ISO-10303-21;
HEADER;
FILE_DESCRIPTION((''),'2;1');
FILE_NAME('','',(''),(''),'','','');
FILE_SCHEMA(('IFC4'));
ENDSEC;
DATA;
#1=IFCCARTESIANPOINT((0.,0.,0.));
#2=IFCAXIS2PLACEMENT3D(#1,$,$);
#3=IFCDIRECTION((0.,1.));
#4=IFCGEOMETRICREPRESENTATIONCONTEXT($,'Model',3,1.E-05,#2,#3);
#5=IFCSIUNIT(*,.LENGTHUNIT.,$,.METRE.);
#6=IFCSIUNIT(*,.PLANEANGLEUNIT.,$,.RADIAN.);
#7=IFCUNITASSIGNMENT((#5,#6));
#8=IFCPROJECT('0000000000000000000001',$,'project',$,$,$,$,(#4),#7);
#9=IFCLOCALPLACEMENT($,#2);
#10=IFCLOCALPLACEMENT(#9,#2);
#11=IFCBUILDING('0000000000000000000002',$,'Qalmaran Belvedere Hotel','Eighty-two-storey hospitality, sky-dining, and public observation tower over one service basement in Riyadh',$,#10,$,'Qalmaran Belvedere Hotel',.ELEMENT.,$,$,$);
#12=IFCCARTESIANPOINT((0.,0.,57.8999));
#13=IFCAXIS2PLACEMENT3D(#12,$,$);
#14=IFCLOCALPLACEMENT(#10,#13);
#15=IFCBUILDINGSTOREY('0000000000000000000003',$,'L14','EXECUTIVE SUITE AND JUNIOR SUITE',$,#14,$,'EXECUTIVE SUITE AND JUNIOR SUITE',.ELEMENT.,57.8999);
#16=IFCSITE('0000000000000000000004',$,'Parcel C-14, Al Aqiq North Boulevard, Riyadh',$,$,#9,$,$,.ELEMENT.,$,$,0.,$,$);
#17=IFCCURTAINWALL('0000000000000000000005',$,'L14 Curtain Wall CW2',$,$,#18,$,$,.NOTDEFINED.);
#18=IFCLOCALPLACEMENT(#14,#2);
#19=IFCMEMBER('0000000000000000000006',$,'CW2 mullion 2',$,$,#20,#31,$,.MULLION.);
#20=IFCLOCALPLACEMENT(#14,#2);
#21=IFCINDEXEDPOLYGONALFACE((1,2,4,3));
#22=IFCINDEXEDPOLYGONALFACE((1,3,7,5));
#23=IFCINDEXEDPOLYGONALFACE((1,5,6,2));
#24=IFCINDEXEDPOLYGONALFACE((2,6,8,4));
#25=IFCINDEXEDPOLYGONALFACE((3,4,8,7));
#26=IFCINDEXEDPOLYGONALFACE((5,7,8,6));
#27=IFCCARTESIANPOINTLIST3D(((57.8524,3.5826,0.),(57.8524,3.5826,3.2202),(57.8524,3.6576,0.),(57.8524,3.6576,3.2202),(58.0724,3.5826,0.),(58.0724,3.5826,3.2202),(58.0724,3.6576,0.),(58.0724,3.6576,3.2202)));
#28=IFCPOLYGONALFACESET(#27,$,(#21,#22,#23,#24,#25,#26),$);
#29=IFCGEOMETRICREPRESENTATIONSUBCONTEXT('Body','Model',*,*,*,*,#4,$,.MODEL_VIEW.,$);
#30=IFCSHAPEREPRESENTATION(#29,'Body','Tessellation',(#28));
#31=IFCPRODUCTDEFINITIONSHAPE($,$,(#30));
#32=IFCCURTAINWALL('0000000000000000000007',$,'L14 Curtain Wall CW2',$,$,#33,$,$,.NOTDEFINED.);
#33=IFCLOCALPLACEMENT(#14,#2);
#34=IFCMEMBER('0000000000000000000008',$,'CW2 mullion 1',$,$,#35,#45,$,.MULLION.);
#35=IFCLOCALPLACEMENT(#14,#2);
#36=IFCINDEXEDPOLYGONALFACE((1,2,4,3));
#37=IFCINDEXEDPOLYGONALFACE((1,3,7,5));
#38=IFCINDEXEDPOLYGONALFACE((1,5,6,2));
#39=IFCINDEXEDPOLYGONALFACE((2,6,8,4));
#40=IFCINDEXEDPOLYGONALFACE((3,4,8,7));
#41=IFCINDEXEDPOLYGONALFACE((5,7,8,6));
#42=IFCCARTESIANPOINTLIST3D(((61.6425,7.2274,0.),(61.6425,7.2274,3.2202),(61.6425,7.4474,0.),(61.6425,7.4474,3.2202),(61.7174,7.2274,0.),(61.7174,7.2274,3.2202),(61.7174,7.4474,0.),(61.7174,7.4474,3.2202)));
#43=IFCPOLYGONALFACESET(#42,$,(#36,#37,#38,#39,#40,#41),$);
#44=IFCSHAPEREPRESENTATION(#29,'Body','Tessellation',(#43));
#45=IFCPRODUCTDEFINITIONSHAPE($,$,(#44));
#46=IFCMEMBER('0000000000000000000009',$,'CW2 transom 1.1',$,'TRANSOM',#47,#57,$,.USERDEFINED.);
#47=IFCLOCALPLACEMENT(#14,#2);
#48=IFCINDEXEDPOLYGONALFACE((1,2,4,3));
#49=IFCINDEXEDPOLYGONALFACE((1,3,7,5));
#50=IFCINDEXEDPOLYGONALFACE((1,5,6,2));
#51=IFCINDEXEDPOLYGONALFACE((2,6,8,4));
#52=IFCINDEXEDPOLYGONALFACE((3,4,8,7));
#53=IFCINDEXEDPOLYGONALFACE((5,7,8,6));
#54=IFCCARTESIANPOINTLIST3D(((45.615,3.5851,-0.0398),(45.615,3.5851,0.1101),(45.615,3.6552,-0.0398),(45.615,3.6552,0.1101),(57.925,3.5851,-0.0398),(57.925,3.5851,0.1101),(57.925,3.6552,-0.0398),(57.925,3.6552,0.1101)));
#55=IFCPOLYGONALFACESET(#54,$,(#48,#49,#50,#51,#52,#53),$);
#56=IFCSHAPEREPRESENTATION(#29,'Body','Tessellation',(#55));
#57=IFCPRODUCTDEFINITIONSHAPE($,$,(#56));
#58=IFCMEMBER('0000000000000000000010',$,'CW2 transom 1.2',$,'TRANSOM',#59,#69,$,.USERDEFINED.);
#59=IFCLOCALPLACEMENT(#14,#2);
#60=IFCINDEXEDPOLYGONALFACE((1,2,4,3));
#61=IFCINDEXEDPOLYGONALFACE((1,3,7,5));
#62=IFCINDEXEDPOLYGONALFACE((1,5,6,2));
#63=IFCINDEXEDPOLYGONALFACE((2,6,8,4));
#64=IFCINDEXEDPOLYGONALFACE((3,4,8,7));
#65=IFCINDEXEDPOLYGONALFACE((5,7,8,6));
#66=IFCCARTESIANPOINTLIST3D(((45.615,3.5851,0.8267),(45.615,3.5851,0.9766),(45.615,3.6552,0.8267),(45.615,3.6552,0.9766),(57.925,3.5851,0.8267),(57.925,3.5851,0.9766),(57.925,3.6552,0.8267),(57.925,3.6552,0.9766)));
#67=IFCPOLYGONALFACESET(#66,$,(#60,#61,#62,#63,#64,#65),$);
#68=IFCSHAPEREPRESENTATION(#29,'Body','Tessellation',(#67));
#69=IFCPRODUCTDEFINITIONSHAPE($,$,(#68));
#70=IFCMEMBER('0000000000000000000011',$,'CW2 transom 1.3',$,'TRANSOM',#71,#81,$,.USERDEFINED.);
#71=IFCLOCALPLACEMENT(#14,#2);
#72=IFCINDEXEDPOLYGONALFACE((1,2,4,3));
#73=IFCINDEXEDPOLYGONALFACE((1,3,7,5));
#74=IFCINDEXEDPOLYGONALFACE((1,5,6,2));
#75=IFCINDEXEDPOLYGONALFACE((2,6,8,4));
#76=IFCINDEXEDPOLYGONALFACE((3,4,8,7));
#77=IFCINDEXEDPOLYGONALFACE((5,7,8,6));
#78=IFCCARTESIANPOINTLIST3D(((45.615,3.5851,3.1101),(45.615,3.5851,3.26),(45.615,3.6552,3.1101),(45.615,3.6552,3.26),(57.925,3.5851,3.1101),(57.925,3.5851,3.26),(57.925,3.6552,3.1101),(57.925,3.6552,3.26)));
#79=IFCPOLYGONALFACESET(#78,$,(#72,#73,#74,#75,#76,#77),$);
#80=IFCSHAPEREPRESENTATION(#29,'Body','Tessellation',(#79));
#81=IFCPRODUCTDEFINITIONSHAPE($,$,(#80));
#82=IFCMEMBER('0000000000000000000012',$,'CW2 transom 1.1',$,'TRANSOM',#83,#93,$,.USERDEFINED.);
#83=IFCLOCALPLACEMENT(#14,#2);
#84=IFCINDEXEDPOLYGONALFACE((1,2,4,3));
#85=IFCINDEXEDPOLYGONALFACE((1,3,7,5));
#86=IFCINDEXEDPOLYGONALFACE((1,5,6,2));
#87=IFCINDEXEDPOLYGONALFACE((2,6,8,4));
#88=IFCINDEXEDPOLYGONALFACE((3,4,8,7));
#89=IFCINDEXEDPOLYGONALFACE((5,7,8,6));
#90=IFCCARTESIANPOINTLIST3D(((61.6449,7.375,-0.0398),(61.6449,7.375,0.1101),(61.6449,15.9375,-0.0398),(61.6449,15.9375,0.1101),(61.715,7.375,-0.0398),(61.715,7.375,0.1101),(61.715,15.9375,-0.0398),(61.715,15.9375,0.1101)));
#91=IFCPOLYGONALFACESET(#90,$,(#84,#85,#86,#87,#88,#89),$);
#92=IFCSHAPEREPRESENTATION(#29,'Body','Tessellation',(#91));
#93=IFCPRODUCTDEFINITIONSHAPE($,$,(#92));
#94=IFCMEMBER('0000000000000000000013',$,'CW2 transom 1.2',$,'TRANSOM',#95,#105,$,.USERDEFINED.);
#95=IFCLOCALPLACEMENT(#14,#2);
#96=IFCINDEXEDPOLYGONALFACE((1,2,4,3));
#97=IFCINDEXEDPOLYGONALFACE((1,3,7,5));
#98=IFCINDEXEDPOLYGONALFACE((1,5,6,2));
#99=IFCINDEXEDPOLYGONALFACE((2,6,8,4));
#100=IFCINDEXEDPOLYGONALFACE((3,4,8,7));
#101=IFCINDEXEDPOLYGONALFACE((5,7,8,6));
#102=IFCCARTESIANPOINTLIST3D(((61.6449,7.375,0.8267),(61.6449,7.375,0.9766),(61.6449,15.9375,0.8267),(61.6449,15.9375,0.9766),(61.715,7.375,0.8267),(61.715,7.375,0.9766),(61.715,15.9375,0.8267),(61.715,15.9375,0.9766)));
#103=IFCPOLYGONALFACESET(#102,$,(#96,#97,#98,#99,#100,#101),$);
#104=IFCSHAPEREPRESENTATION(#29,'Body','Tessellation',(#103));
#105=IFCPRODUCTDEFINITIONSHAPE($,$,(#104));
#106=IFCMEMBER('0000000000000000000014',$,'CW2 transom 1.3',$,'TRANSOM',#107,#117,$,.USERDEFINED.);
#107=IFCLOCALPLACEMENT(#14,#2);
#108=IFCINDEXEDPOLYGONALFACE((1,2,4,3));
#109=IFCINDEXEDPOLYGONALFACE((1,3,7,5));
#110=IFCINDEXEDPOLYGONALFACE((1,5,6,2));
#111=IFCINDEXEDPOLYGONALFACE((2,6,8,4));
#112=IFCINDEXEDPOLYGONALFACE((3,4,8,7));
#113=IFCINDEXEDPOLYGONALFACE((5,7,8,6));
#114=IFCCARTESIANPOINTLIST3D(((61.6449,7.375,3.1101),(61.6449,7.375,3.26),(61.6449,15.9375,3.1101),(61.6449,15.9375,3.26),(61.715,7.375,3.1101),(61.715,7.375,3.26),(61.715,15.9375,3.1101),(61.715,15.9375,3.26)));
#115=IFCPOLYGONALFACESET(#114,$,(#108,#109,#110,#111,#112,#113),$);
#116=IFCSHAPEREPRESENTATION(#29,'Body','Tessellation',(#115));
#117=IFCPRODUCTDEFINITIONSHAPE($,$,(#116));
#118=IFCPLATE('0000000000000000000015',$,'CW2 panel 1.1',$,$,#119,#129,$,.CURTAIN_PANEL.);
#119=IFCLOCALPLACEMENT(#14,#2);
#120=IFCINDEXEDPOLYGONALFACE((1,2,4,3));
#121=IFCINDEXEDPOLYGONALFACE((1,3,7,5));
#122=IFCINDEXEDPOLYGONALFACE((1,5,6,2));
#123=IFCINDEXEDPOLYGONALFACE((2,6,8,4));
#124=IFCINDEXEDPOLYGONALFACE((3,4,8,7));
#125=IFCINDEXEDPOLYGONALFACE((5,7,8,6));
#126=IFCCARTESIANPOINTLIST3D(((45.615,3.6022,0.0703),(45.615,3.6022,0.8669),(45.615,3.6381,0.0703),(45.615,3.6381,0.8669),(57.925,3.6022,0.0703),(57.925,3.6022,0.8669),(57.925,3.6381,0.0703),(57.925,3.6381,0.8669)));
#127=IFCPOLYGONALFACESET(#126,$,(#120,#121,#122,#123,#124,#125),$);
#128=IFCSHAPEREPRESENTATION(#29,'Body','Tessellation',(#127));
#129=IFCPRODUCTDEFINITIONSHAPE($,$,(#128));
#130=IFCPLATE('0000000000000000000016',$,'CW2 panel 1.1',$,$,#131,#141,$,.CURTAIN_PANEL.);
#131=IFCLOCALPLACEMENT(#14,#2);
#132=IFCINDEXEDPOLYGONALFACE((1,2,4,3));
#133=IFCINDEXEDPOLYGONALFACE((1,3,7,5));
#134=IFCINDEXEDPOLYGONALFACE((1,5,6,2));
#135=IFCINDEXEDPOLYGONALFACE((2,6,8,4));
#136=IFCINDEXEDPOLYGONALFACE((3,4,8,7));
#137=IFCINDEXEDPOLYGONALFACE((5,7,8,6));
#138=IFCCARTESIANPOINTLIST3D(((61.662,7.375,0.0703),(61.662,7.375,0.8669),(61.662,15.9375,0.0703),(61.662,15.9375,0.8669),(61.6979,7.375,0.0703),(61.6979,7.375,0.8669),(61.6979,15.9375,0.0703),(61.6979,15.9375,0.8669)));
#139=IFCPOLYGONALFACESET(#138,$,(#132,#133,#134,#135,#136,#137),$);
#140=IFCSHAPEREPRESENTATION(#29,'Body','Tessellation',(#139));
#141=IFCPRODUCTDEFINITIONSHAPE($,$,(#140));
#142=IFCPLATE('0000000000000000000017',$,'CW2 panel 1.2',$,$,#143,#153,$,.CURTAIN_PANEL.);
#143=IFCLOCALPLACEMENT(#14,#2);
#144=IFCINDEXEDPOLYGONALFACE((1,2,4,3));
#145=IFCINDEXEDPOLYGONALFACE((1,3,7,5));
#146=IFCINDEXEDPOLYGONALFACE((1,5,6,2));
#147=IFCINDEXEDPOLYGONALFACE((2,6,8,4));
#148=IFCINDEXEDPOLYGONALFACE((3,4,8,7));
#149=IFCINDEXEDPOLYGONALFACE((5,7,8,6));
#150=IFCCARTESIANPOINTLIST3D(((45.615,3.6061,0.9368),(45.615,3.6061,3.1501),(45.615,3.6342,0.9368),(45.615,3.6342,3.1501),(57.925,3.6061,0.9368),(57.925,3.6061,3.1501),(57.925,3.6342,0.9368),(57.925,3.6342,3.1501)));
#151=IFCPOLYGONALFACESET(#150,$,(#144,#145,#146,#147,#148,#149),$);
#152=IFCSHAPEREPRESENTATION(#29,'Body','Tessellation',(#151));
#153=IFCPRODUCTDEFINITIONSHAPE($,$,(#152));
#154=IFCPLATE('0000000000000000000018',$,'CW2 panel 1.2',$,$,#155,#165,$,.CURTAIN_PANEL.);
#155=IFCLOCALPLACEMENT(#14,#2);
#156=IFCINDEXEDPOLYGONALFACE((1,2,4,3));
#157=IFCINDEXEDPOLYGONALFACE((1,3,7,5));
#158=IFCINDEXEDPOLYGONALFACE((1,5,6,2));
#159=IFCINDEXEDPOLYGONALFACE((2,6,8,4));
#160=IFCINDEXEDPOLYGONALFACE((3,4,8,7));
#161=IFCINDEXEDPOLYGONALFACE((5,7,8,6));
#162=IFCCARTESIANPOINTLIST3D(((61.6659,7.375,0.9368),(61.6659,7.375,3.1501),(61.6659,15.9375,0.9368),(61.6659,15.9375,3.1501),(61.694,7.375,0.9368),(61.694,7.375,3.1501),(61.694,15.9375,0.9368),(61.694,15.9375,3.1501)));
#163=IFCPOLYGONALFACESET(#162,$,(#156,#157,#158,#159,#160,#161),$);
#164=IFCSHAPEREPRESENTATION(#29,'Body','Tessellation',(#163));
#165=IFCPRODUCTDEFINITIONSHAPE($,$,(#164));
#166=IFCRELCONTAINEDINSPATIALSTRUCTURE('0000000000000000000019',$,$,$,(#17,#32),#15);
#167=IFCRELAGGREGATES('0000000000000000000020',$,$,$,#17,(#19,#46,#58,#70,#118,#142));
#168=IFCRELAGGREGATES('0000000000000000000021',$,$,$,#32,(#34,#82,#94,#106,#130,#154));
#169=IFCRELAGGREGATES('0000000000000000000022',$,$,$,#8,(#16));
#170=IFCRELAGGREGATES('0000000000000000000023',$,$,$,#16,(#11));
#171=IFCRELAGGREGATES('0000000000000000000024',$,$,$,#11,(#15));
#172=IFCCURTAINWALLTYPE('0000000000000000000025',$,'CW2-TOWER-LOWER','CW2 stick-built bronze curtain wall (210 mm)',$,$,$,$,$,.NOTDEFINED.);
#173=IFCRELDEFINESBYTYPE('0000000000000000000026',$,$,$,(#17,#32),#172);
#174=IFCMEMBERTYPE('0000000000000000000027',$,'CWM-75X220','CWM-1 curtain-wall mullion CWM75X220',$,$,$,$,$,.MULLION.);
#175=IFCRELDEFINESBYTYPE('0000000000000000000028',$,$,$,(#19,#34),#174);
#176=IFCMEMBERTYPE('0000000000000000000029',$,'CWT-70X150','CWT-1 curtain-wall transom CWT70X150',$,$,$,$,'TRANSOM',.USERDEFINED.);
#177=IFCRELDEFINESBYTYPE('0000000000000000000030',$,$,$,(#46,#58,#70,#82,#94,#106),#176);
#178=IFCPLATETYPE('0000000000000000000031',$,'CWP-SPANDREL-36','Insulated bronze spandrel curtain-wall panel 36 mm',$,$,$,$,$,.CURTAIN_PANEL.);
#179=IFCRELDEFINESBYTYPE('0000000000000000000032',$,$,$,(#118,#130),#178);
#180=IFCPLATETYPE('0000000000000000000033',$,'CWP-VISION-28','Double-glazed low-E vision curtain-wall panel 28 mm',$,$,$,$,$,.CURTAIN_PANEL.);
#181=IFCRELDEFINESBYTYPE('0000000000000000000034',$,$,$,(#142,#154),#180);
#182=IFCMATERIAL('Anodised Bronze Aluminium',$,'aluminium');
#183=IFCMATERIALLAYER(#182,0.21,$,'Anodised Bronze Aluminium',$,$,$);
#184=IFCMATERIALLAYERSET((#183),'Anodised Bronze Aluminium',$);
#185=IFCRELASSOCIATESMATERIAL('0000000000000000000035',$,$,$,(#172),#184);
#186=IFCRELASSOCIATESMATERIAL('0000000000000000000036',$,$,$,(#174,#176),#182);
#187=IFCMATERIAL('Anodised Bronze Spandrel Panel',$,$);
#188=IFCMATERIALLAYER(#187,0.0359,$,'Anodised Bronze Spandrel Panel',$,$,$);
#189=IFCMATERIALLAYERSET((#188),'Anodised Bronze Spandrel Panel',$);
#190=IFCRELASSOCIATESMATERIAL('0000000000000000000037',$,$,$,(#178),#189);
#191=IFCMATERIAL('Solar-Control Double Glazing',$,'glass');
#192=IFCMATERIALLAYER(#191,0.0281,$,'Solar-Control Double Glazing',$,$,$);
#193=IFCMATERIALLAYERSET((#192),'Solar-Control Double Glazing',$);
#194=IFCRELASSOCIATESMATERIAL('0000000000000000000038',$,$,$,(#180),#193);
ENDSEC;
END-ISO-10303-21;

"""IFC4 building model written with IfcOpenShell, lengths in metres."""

from ifc_helpers import new_model, si_unit, direction, frame, origin, origin_2d, place, context, subcontext, project, spatial, rectangle, extrude, material, layer, layer_set, material_profile, profile_set, type_object, element, aggregate, save


model = new_model("IFC4")

# Units and contexts
model_context = context("Model", 3, precision=1e-05, world=origin(), true_north=direction((0.0, 1.0)))
body_context = subcontext(model_context, "Body", "Model", "MODEL_VIEW")
ifc_project = project(units=[si_unit("LENGTHUNIT", "METRE"), si_unit("PLANEANGLEUNIT", "RADIAN")], contexts=[model_context])

# Site, building, storey
site_placement = place(None, origin())
site = spatial("IfcSite", under=ifc_project, at=site_placement, Name="Parcel C-14, Al Aqiq North Boulevard, Riyadh", CompositionType="ELEMENT", RefElevation=0.0)
building_placement = place(site_placement, origin())
building = spatial("IfcBuilding", under=site, at=building_placement, Name="Qalmaran Belvedere Hotel", Description="Eighty-two-storey hospitality, sky-dining, and public observation tower over one service basement in Riyadh", LongName="Qalmaran Belvedere Hotel", CompositionType="ELEMENT")
storey_placement = place(building_placement, frame((0.0, 0.0, 57.8999)))
storey = spatial("IfcBuildingStorey", under=building, at=storey_placement, Name="L14", Description="EXECUTIVE SUITE AND JUNIOR SUITE", LongName="EXECUTIVE SUITE AND JUNIOR SUITE", CompositionType="ELEMENT", Elevation=57.8999)

# Curtain wall, member
ifc_material_1 = material(Name="Anodised Bronze Aluminium", Category="aluminium")
ifc_layer_1 = layer(ifc_material_1, 0.21, Name="Anodised Bronze Aluminium")
ifc_layer_set_1 = layer_set([ifc_layer_1], Name="Anodised Bronze Aluminium")
curtain_wall_type = type_object("IfcCurtainWallType", Name="CW2-TOWER-LOWER", Description="CW2 stick-built bronze curtain wall (210 mm)", PredefinedType="NOTDEFINED", material=ifc_layer_set_1)
curtain_wall_1_placement = place(storey_placement, origin())
curtain_wall_1 = element("IfcCurtainWall", 1, at=curtain_wall_1_placement, inside=storey, type_object=curtain_wall_type, Name="L14 Curtain Wall CW2", PredefinedType="NOTDEFINED")
ifc_material_profile_1 = material_profile(ifc_material_1, rectangle(XDim=0.075, YDim=0.22, at=origin_2d()), Name="CWM75X220")
ifc_profile_set_1 = profile_set([ifc_material_profile_1], Name="Anodised Bronze Aluminium")
member_type_1 = type_object("IfcMemberType", Name="CWM-75X220", Description="CWM-1 curtain-wall mullion CWM75X220", PredefinedType="MULLION", material=ifc_profile_set_1)
member_1_placement = place(storey_placement, frame((57.9624, 3.6201, 0.0), z_axis=(0.0, 0.0, 1.0), x_axis=(0.0, 1.0, 0.0)))
member_1 = element("IfcMember", 2, at=member_1_placement, type_object=member_type_1, Name="CW2 mullion 2", PredefinedType="MULLION", context=body_context, shape_type="SweptSolid", body=[
    extrude(rectangle(XDim=0.075, YDim=0.22, at=origin_2d()), origin(), (0.0, 0.0, 1.0), 3.2202),
])

# Curtain wall, member
curtain_wall_2_placement = place(storey_placement, origin())
curtain_wall_2 = element("IfcCurtainWall", 3, at=curtain_wall_2_placement, inside=storey, type_object=curtain_wall_type, Name="L14 Curtain Wall CW2", PredefinedType="NOTDEFINED")
member_2_placement = place(storey_placement, frame((61.6799, 7.3374, 0.0), z_axis=(0.0, 0.0, 1.0), x_axis=(-1.0, 0.0, 0.0)))
member_2 = element("IfcMember", 4, at=member_2_placement, type_object=member_type_1, Name="CW2 mullion 1", PredefinedType="MULLION", context=body_context, shape_type="SweptSolid", body=[
    extrude(rectangle(XDim=0.075, YDim=0.22, at=origin_2d()), origin(), (0.0, 0.0, 1.0), 3.2202),
])

# Members
ifc_material_profile_2 = material_profile(ifc_material_1, rectangle(XDim=0.0701, YDim=0.1499, at=origin_2d()), Name="CWT70X150")
ifc_profile_set_2 = profile_set([ifc_material_profile_2], Name="Anodised Bronze Aluminium")
member_type_2 = type_object("IfcMemberType", Name="CWT-70X150", Description="CWT-1 curtain-wall transom CWT70X150", ElementType="TRANSOM", PredefinedType="USERDEFINED", material=ifc_profile_set_2)
member_3_placement = place(storey_placement, frame((45.615, 3.6201, 0.0352), z_axis=(1.0, 0.0, 0.0), x_axis=(0.0, 1.0, 0.0)))
member_3 = element("IfcMember", 5, at=member_3_placement, type_object=member_type_2, Name="CW2 transom 1.1", ObjectType="TRANSOM", PredefinedType="USERDEFINED", context=body_context, shape_type="SweptSolid", body=[
    extrude(rectangle(XDim=0.0701, YDim=0.1499, at=origin_2d()), origin(), (0.0, 0.0, 1.0), 12.3101),
])
member_4_placement = place(storey_placement, frame((45.615, 3.6201, 0.9016), z_axis=(1.0, 0.0, 0.0), x_axis=(0.0, 1.0, 0.0)))
member_4 = element("IfcMember", 6, at=member_4_placement, type_object=member_type_2, Name="CW2 transom 1.2", ObjectType="TRANSOM", PredefinedType="USERDEFINED", context=body_context, shape_type="SweptSolid", body=[
    extrude(rectangle(XDim=0.0701, YDim=0.1499, at=origin_2d()), origin(), (0.0, 0.0, 1.0), 12.3101),
])
member_5_placement = place(storey_placement, frame((45.615, 3.6201, 3.1851), z_axis=(1.0, 0.0, 0.0), x_axis=(0.0, 1.0, 0.0)))
member_5 = element("IfcMember", 7, at=member_5_placement, type_object=member_type_2, Name="CW2 transom 1.3", ObjectType="TRANSOM", PredefinedType="USERDEFINED", context=body_context, shape_type="SweptSolid", body=[
    extrude(rectangle(XDim=0.0701, YDim=0.1499, at=origin_2d()), origin(), (0.0, 0.0, 1.0), 12.3101),
])
member_6_placement = place(storey_placement, frame((61.6799, 7.375, 0.0352), z_axis=(0.0, 1.0, 0.0), x_axis=(-1.0, 0.0, 0.0)))
member_6 = element("IfcMember", 8, at=member_6_placement, type_object=member_type_2, Name="CW2 transom 1.1", ObjectType="TRANSOM", PredefinedType="USERDEFINED", context=body_context, shape_type="SweptSolid", body=[
    extrude(rectangle(XDim=0.0701, YDim=0.1499, at=origin_2d()), origin(), (0.0, 0.0, 1.0), 8.5625),
])
member_7_placement = place(storey_placement, frame((61.6799, 7.375, 0.9016), z_axis=(0.0, 1.0, 0.0), x_axis=(-1.0, 0.0, 0.0)))
member_7 = element("IfcMember", 9, at=member_7_placement, type_object=member_type_2, Name="CW2 transom 1.2", ObjectType="TRANSOM", PredefinedType="USERDEFINED", context=body_context, shape_type="SweptSolid", body=[
    extrude(rectangle(XDim=0.0701, YDim=0.1499, at=origin_2d()), origin(), (0.0, 0.0, 1.0), 8.5625),
])
member_8_placement = place(storey_placement, frame((61.6799, 7.375, 3.1851), z_axis=(0.0, 1.0, 0.0), x_axis=(-1.0, 0.0, 0.0)))
member_8 = element("IfcMember", 10, at=member_8_placement, type_object=member_type_2, Name="CW2 transom 1.3", ObjectType="TRANSOM", PredefinedType="USERDEFINED", context=body_context, shape_type="SweptSolid", body=[
    extrude(rectangle(XDim=0.0701, YDim=0.1499, at=origin_2d()), origin(), (0.0, 0.0, 1.0), 8.5625),
])

# Plates
ifc_material_2 = material(Name="Anodised Bronze Spandrel Panel")
ifc_layer_2 = layer(ifc_material_2, 0.0359, Name="Anodised Bronze Spandrel Panel")
ifc_layer_set_2 = layer_set([ifc_layer_2], Name="Anodised Bronze Spandrel Panel")
plate_type_1 = type_object("IfcPlateType", Name="CWP-SPANDREL-36", Description="Insulated bronze spandrel curtain-wall panel 36 mm", PredefinedType="CURTAIN_PANEL", material=ifc_layer_set_2)
plate_1_placement = place(storey_placement, frame((51.77, 3.6201, 0.0703), z_axis=(0.0, 0.0, 1.0), x_axis=(1.0, 0.0, 0.0)))
plate_1 = element("IfcPlate", 11, at=plate_1_placement, type_object=plate_type_1, Name="CW2 panel 1.1", PredefinedType="CURTAIN_PANEL", context=body_context, shape_type="SweptSolid", body=[
    extrude(rectangle(XDim=12.3101, YDim=0.0359, at=origin_2d()), origin(), (0.0, 0.0, 1.0), 0.7966),
])
plate_2_placement = place(storey_placement, frame((61.6799, 11.6562, 0.0703), z_axis=(0.0, 0.0, 1.0), x_axis=(0.0, 1.0, 0.0)))
plate_2 = element("IfcPlate", 12, at=plate_2_placement, type_object=plate_type_1, Name="CW2 panel 1.1", PredefinedType="CURTAIN_PANEL", context=body_context, shape_type="SweptSolid", body=[
    extrude(rectangle(XDim=8.5625, YDim=0.0359, at=origin_2d()), origin(), (0.0, 0.0, 1.0), 0.7966),
])
ifc_material_3 = material(Name="Solar-Control Double Glazing", Category="glass")
ifc_layer_3 = layer(ifc_material_3, 0.0281, Name="Solar-Control Double Glazing")
ifc_layer_set_3 = layer_set([ifc_layer_3], Name="Solar-Control Double Glazing")
plate_type_2 = type_object("IfcPlateType", Name="CWP-VISION-28", Description="Double-glazed low-E vision curtain-wall panel 28 mm", PredefinedType="CURTAIN_PANEL", material=ifc_layer_set_3)
plate_3_placement = place(storey_placement, frame((51.77, 3.6201, 0.9368), z_axis=(0.0, 0.0, 1.0), x_axis=(1.0, 0.0, 0.0)))
plate_3 = element("IfcPlate", 13, at=plate_3_placement, type_object=plate_type_2, Name="CW2 panel 1.2", PredefinedType="CURTAIN_PANEL", context=body_context, shape_type="SweptSolid", body=[
    extrude(rectangle(XDim=12.3101, YDim=0.0281, at=origin_2d()), origin(), (0.0, 0.0, 1.0), 2.2134),
])
aggregate(curtain_wall_1, [member_1, member_3, member_4, member_5, plate_1, plate_3])
plate_4_placement = place(storey_placement, frame((61.6799, 11.6562, 0.9368), z_axis=(0.0, 0.0, 1.0), x_axis=(0.0, 1.0, 0.0)))
plate_4 = element("IfcPlate", 14, at=plate_4_placement, type_object=plate_type_2, Name="CW2 panel 1.2", PredefinedType="CURTAIN_PANEL", context=body_context, shape_type="SweptSolid", body=[
    extrude(rectangle(XDim=8.5625, YDim=0.0281, at=origin_2d()), origin(), (0.0, 0.0, 1.0), 2.2134),
])
aggregate(curtain_wall_2, [member_2, member_6, member_7, member_8, plate_2, plate_4])

save(model, "model.ifc")
